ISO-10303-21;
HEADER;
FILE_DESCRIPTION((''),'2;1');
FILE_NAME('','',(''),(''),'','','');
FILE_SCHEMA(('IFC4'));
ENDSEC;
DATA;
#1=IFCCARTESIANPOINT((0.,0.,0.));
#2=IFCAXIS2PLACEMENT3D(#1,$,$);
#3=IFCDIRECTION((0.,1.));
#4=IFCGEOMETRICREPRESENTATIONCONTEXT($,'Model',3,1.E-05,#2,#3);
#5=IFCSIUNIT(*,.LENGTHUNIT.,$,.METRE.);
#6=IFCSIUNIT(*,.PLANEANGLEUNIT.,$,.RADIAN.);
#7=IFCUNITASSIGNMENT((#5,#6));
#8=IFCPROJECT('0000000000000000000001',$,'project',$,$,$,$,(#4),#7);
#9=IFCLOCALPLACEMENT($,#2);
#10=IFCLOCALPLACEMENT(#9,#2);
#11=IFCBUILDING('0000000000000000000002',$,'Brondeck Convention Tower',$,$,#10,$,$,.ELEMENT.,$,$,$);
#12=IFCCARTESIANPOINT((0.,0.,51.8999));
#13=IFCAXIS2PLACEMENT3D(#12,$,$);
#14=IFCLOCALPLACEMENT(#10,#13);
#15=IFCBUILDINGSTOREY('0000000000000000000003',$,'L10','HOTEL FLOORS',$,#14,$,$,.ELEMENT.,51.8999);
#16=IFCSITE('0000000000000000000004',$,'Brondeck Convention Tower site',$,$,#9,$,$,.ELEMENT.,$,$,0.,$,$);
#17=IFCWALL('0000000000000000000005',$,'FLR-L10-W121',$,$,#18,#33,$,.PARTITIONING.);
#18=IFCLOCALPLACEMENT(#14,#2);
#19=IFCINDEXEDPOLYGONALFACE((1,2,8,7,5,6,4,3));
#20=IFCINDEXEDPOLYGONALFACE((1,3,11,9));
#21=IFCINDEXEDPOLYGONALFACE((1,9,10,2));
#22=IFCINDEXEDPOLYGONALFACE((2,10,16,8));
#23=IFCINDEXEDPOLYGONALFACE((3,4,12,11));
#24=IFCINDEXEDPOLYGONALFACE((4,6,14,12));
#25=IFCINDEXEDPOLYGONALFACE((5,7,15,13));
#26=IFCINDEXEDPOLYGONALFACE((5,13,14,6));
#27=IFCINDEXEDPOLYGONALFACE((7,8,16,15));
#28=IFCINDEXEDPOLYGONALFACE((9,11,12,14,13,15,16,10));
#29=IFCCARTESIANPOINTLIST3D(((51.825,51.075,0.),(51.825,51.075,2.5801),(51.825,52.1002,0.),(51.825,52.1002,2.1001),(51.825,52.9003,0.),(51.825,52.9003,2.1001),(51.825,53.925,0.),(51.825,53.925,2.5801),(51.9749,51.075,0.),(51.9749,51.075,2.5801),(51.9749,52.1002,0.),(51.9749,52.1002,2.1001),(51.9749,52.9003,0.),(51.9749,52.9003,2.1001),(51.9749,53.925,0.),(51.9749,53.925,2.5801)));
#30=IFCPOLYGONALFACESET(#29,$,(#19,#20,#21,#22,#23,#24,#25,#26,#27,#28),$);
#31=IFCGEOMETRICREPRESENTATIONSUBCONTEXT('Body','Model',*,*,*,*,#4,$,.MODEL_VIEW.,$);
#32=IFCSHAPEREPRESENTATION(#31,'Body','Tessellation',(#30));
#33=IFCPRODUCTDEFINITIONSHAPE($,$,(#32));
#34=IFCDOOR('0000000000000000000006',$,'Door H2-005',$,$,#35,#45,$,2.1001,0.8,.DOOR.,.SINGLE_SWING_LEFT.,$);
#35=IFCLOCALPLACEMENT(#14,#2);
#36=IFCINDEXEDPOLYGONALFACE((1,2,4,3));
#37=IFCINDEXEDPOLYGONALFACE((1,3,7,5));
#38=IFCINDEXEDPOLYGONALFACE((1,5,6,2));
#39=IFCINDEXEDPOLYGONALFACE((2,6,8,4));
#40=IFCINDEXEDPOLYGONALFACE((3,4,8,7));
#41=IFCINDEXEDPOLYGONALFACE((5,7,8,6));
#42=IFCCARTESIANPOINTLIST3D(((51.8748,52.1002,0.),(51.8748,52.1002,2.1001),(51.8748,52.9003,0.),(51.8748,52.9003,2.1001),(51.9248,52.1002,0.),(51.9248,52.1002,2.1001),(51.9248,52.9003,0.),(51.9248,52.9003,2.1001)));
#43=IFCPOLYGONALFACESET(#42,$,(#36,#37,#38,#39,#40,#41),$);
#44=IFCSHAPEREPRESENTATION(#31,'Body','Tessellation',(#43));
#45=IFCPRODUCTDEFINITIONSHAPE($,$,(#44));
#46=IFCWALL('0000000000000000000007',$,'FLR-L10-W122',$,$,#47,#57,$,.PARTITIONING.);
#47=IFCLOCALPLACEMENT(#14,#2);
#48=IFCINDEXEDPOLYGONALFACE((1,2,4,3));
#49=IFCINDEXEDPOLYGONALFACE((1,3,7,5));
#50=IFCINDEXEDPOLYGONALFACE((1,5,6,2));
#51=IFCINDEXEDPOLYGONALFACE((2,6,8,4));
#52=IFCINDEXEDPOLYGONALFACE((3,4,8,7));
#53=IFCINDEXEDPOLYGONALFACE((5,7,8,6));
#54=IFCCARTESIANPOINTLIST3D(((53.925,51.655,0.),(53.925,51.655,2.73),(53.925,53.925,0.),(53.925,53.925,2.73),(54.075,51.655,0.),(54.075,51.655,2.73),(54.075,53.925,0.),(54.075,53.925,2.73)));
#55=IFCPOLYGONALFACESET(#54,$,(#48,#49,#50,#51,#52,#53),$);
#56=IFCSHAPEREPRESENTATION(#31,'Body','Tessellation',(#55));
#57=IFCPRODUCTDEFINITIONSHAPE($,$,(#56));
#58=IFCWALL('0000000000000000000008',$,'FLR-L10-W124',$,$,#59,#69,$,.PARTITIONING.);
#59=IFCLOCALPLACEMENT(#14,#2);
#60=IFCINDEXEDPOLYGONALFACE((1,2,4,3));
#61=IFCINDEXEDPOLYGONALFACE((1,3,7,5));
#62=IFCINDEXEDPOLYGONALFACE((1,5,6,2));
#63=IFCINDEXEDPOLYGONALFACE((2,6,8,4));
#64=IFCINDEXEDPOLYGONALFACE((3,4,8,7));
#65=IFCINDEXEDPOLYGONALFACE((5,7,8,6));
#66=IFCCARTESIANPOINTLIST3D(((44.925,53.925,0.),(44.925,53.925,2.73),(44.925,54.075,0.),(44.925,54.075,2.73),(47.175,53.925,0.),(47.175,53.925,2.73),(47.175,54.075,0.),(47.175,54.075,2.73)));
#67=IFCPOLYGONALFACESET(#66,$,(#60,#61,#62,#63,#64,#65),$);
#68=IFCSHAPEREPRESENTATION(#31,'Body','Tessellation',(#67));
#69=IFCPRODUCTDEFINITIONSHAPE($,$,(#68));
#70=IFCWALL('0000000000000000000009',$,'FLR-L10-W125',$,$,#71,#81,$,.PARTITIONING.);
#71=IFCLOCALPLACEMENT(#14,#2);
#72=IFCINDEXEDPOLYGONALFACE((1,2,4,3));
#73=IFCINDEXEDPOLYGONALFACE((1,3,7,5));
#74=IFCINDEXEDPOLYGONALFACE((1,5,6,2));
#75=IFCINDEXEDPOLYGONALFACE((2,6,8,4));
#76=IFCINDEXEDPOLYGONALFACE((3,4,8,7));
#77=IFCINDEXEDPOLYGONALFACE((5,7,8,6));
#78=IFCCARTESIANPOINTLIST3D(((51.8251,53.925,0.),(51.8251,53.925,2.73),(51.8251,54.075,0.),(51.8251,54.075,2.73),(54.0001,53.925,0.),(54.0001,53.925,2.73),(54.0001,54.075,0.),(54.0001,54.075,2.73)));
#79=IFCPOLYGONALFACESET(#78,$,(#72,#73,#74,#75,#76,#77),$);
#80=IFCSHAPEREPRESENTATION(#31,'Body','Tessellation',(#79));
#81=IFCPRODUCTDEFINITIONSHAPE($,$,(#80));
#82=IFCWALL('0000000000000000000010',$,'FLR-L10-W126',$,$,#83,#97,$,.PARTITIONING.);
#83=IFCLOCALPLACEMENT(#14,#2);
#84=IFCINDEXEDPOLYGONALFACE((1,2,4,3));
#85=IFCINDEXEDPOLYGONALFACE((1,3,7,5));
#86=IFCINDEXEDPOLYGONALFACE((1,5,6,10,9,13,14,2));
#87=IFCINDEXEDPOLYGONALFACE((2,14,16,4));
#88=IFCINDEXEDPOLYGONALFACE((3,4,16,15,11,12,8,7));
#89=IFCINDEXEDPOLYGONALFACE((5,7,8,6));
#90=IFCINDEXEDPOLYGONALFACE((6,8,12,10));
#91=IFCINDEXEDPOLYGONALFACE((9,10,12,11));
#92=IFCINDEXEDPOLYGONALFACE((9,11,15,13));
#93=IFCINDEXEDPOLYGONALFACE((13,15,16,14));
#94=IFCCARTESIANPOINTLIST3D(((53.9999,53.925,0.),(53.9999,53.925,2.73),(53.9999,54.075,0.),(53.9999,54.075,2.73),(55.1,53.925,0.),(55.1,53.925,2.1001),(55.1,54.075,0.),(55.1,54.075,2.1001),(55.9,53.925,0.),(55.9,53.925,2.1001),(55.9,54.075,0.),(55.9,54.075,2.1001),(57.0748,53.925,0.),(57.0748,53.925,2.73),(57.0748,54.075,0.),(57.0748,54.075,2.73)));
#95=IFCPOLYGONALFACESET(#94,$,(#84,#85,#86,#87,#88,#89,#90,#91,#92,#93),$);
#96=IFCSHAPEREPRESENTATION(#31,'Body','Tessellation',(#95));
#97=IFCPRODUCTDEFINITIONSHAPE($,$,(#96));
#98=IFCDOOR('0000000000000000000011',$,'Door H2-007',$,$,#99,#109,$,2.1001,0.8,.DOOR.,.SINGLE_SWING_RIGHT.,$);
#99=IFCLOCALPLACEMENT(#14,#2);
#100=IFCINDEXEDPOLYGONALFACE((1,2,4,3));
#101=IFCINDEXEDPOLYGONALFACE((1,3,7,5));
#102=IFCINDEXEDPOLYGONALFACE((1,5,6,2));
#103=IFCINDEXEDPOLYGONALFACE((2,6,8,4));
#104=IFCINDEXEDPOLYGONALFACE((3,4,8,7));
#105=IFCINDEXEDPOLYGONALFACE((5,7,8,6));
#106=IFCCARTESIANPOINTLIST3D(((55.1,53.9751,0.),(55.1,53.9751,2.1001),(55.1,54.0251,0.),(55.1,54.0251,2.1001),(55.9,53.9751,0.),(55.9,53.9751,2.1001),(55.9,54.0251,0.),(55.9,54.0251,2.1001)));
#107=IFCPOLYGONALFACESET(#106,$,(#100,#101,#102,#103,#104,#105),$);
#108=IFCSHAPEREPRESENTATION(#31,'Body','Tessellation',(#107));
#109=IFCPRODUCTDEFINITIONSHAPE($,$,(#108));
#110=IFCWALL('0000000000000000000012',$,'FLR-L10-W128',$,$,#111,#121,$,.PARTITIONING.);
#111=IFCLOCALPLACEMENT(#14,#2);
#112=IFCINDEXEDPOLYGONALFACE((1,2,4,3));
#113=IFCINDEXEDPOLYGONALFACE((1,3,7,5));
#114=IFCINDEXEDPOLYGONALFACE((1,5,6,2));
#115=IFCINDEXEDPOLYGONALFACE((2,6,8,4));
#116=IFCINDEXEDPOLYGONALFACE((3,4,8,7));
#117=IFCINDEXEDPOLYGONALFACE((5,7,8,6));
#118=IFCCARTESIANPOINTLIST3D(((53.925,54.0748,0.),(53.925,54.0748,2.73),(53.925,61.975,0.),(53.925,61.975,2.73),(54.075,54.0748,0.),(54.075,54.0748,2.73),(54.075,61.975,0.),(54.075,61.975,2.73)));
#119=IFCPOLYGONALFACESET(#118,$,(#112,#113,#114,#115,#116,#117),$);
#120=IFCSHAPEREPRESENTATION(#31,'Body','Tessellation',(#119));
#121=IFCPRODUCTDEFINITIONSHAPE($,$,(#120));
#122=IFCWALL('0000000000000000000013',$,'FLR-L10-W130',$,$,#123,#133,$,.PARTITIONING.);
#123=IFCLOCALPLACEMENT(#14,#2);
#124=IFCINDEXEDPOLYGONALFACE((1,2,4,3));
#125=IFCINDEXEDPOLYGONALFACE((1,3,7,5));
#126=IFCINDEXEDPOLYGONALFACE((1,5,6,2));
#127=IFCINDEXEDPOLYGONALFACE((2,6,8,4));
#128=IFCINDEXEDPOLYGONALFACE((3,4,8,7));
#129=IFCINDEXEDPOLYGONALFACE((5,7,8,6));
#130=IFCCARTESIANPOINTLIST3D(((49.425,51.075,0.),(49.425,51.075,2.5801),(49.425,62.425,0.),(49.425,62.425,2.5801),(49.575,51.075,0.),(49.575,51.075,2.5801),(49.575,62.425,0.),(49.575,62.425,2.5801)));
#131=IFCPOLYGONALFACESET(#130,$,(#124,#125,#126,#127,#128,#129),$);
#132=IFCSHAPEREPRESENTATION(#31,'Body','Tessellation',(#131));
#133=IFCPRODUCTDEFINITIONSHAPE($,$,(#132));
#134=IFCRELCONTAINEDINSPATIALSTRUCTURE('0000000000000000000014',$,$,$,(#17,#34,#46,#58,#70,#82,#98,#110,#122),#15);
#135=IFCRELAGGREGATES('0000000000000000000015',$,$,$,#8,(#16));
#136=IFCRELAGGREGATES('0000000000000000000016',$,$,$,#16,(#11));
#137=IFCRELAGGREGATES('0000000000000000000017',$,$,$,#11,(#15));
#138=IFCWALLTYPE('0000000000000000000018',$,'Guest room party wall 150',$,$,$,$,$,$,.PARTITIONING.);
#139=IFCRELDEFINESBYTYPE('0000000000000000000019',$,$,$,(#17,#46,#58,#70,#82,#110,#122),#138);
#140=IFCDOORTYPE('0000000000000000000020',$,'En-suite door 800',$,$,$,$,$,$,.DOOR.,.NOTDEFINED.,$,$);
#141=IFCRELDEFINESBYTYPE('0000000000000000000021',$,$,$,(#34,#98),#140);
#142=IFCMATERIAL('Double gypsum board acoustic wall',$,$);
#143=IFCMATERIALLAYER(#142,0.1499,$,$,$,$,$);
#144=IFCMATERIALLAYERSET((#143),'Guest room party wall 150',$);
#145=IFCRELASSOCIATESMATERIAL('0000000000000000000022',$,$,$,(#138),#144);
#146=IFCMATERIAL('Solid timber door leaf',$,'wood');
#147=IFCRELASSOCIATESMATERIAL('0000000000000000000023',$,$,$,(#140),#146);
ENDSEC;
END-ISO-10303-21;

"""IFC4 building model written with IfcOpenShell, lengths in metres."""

from ifc_helpers import new_model, si_unit, direction, frame, frame_2d, origin, place, context, subcontext, project, spatial, rectangle, extrude, material, layer, layer_set, type_object, element, fill, save


model = new_model("IFC4")

# Units and contexts
model_context = context("Model", 3, precision=1e-05, world=origin(), true_north=direction((0.0, 1.0)))
body_context = subcontext(model_context, "Body", "Model", "MODEL_VIEW")
ifc_project = project(units=[si_unit("LENGTHUNIT", "METRE"), si_unit("PLANEANGLEUNIT", "RADIAN")], contexts=[model_context])

# Site, building, storey
site_placement = place(None, origin())
site = spatial("IfcSite", under=ifc_project, at=site_placement, Name="Brondeck Convention Tower site", CompositionType="ELEMENT", RefElevation=0.0)
building_placement = place(site_placement, origin())
building = spatial("IfcBuilding", under=site, at=building_placement, Name="Brondeck Convention Tower", CompositionType="ELEMENT")
storey_placement = place(building_placement, frame((0.0, 0.0, 51.8999)))
storey = spatial("IfcBuildingStorey", under=building, at=storey_placement, Name="L10", Description="HOTEL FLOORS", CompositionType="ELEMENT", Elevation=51.8999)

# Shared definitions
ifc_material_1 = material(Name="Double gypsum board acoustic wall")
ifc_layer_1 = layer(ifc_material_1, 0.1499)
ifc_layer_set_1 = layer_set([ifc_layer_1], Name="Guest room party wall 150")
wall_type_1 = type_object("IfcWallType", Name="Guest room party wall 150", PredefinedType="PARTITIONING", material=ifc_layer_set_1)

# Wall, opening, door
wall_1_placement = place(storey_placement, frame((51.8999, 53.925, 0.0), z_axis=(0.0, 0.0, 1.0), x_axis=(0.0, -1.0, 0.0)))
wall_1 = element("IfcWall", 1, at=wall_1_placement, inside=storey, type_object=wall_type_1, Name="FLR-L10-W121", PredefinedType="PARTITIONING", context=body_context, shape_type="SweptSolid", body=[
    extrude(rectangle(XDim=2.8501, YDim=0.1499, at=frame_2d((1.425, 0.0))), origin(), (0.0, 0.0, 1.0), 2.5801),
])
opening_1_placement = place(wall_1_placement, frame((1.0249, 0.0, 0.0)))
opening_1 = element("IfcOpeningElement", 2, at=opening_1_placement, cuts=wall_1, PredefinedType="OPENING", context=body_context, shape_type="SweptSolid", body=[
    extrude(rectangle(XDim=0.8, YDim=2.1001, at=frame_2d((0.3999, 1.05))), frame((0.0, 0.085, 0.0), z_axis=(0.0, -1.0, 0.0), x_axis=(1.0, 0.0, 0.0)), (0.0, 0.0, 1.0), 0.1699),
])
ifc_material_2 = material(Name="Solid timber door leaf", Category="wood")
door_type = type_object("IfcDoorType", Name="En-suite door 800", OperationType="NOTDEFINED", PredefinedType="DOOR", material=ifc_material_2)
door_1_placement = place(opening_1_placement, origin())
door_1 = element("IfcDoor", 3, at=door_1_placement, inside=storey, type_object=door_type, Name="Door H2-005", OperationType="SINGLE_SWING_LEFT", OverallHeight=2.1001, OverallWidth=0.8, PredefinedType="DOOR", context=body_context, shape_type="SweptSolid", body=[
    extrude(rectangle(XDim=0.8, YDim=2.1001, at=frame_2d((0.3999, 1.05))), frame((0.0, 0.0249, 0.0), z_axis=(0.0, -1.0, 0.0), x_axis=(1.0, 0.0, 0.0)), (0.0, 0.0, 1.0), 0.05),
])
fill(opening_1, door_1)

# Walls
wall_2_placement = place(storey_placement, frame((54.0, 53.925, 0.0), z_axis=(0.0, 0.0, 1.0), x_axis=(0.0, -1.0, 0.0)))
element("IfcWall", 4, at=wall_2_placement, inside=storey, type_object=wall_type_1, Name="FLR-L10-W122", PredefinedType="PARTITIONING", context=body_context, shape_type="SweptSolid", body=[
    extrude(rectangle(XDim=2.27, YDim=0.1499, at=frame_2d((1.135, 0.0))), origin(), (0.0, 0.0, 1.0), 2.73),
])
wall_3_placement = place(storey_placement, frame((47.175, 54.0, 0.0), z_axis=(0.0, 0.0, 1.0), x_axis=(-1.0, 0.0, 0.0)))
element("IfcWall", 5, at=wall_3_placement, inside=storey, type_object=wall_type_1, Name="FLR-L10-W124", PredefinedType="PARTITIONING", context=body_context, shape_type="SweptSolid", body=[
    extrude(rectangle(XDim=2.25, YDim=0.1499, at=frame_2d((1.125, 0.0))), origin(), (0.0, 0.0, 1.0), 2.73),
])
wall_4_placement = place(storey_placement, frame((54.0, 54.0, 0.0), z_axis=(0.0, 0.0, 1.0), x_axis=(-1.0, 0.0, 0.0)))
element("IfcWall", 6, at=wall_4_placement, inside=storey, type_object=wall_type_1, Name="FLR-L10-W125", PredefinedType="PARTITIONING", context=body_context, shape_type="SweptSolid", body=[
    extrude(rectangle(XDim=2.175, YDim=0.1499, at=frame_2d((1.0874, 0.0))), origin(), (0.0, 0.0, 1.0), 2.73),
])

# Wall, opening, door
wall_5_placement = place(storey_placement, frame((57.075, 54.0, 0.0), z_axis=(0.0, 0.0, 1.0), x_axis=(-1.0, 0.0, 0.0)))
wall_5 = element("IfcWall", 7, at=wall_5_placement, inside=storey, type_object=wall_type_1, Name="FLR-L10-W126", PredefinedType="PARTITIONING", context=body_context, shape_type="SweptSolid", body=[
    extrude(rectangle(XDim=3.075, YDim=0.1499, at=frame_2d((1.5376, 0.0))), origin(), (0.0, 0.0, 1.0), 2.73),
])
opening_2_placement = place(wall_5_placement, frame((1.175, 0.0, 0.0)))
opening_2 = element("IfcOpeningElement", 8, at=opening_2_placement, cuts=wall_5, PredefinedType="OPENING", context=body_context, shape_type="SweptSolid", body=[
    extrude(rectangle(XDim=0.8, YDim=2.1001, at=frame_2d((0.3999, 1.05))), frame((0.0, 0.085, 0.0), z_axis=(0.0, -1.0, 0.0), x_axis=(1.0, 0.0, 0.0)), (0.0, 0.0, 1.0), 0.1699),
])
door_2_placement = place(opening_2_placement, origin())
door_2 = element("IfcDoor", 9, at=door_2_placement, inside=storey, type_object=door_type, Name="Door H2-007", OperationType="SINGLE_SWING_RIGHT", OverallHeight=2.1001, OverallWidth=0.8, PredefinedType="DOOR", context=body_context, shape_type="SweptSolid", body=[
    extrude(rectangle(XDim=0.8, YDim=2.1001, at=frame_2d((0.3999, 1.05))), frame((0.0, 0.0249, 0.0), z_axis=(0.0, -1.0, 0.0), x_axis=(1.0, 0.0, 0.0)), (0.0, 0.0, 1.0), 0.05),
])
fill(opening_2, door_2)

# Walls
wall_6_placement = place(storey_placement, frame((54.0, 61.9751, 0.0), z_axis=(0.0, 0.0, 1.0), x_axis=(0.0, -1.0, 0.0)))
element("IfcWall", 10, at=wall_6_placement, inside=storey, type_object=wall_type_1, Name="FLR-L10-W128", PredefinedType="PARTITIONING", context=body_context, shape_type="SweptSolid", body=[
    extrude(rectangle(XDim=7.9001, YDim=0.1499, at=frame_2d((3.9502, 0.0))), origin(), (0.0, 0.0, 1.0), 2.73),
])
wall_7_placement = place(storey_placement, frame((49.5, 62.425, 0.0), z_axis=(0.0, 0.0, 1.0), x_axis=(0.0, -1.0, 0.0)))
element("IfcWall", 11, at=wall_7_placement, inside=storey, type_object=wall_type_1, Name="FLR-L10-W130", PredefinedType="PARTITIONING", context=body_context, shape_type="SweptSolid", body=[
    extrude(rectangle(XDim=11.3501, YDim=0.1499, at=frame_2d((5.675, 0.0))), origin(), (0.0, 0.0, 1.0), 2.5801),
])

save(model, "model.ifc")
